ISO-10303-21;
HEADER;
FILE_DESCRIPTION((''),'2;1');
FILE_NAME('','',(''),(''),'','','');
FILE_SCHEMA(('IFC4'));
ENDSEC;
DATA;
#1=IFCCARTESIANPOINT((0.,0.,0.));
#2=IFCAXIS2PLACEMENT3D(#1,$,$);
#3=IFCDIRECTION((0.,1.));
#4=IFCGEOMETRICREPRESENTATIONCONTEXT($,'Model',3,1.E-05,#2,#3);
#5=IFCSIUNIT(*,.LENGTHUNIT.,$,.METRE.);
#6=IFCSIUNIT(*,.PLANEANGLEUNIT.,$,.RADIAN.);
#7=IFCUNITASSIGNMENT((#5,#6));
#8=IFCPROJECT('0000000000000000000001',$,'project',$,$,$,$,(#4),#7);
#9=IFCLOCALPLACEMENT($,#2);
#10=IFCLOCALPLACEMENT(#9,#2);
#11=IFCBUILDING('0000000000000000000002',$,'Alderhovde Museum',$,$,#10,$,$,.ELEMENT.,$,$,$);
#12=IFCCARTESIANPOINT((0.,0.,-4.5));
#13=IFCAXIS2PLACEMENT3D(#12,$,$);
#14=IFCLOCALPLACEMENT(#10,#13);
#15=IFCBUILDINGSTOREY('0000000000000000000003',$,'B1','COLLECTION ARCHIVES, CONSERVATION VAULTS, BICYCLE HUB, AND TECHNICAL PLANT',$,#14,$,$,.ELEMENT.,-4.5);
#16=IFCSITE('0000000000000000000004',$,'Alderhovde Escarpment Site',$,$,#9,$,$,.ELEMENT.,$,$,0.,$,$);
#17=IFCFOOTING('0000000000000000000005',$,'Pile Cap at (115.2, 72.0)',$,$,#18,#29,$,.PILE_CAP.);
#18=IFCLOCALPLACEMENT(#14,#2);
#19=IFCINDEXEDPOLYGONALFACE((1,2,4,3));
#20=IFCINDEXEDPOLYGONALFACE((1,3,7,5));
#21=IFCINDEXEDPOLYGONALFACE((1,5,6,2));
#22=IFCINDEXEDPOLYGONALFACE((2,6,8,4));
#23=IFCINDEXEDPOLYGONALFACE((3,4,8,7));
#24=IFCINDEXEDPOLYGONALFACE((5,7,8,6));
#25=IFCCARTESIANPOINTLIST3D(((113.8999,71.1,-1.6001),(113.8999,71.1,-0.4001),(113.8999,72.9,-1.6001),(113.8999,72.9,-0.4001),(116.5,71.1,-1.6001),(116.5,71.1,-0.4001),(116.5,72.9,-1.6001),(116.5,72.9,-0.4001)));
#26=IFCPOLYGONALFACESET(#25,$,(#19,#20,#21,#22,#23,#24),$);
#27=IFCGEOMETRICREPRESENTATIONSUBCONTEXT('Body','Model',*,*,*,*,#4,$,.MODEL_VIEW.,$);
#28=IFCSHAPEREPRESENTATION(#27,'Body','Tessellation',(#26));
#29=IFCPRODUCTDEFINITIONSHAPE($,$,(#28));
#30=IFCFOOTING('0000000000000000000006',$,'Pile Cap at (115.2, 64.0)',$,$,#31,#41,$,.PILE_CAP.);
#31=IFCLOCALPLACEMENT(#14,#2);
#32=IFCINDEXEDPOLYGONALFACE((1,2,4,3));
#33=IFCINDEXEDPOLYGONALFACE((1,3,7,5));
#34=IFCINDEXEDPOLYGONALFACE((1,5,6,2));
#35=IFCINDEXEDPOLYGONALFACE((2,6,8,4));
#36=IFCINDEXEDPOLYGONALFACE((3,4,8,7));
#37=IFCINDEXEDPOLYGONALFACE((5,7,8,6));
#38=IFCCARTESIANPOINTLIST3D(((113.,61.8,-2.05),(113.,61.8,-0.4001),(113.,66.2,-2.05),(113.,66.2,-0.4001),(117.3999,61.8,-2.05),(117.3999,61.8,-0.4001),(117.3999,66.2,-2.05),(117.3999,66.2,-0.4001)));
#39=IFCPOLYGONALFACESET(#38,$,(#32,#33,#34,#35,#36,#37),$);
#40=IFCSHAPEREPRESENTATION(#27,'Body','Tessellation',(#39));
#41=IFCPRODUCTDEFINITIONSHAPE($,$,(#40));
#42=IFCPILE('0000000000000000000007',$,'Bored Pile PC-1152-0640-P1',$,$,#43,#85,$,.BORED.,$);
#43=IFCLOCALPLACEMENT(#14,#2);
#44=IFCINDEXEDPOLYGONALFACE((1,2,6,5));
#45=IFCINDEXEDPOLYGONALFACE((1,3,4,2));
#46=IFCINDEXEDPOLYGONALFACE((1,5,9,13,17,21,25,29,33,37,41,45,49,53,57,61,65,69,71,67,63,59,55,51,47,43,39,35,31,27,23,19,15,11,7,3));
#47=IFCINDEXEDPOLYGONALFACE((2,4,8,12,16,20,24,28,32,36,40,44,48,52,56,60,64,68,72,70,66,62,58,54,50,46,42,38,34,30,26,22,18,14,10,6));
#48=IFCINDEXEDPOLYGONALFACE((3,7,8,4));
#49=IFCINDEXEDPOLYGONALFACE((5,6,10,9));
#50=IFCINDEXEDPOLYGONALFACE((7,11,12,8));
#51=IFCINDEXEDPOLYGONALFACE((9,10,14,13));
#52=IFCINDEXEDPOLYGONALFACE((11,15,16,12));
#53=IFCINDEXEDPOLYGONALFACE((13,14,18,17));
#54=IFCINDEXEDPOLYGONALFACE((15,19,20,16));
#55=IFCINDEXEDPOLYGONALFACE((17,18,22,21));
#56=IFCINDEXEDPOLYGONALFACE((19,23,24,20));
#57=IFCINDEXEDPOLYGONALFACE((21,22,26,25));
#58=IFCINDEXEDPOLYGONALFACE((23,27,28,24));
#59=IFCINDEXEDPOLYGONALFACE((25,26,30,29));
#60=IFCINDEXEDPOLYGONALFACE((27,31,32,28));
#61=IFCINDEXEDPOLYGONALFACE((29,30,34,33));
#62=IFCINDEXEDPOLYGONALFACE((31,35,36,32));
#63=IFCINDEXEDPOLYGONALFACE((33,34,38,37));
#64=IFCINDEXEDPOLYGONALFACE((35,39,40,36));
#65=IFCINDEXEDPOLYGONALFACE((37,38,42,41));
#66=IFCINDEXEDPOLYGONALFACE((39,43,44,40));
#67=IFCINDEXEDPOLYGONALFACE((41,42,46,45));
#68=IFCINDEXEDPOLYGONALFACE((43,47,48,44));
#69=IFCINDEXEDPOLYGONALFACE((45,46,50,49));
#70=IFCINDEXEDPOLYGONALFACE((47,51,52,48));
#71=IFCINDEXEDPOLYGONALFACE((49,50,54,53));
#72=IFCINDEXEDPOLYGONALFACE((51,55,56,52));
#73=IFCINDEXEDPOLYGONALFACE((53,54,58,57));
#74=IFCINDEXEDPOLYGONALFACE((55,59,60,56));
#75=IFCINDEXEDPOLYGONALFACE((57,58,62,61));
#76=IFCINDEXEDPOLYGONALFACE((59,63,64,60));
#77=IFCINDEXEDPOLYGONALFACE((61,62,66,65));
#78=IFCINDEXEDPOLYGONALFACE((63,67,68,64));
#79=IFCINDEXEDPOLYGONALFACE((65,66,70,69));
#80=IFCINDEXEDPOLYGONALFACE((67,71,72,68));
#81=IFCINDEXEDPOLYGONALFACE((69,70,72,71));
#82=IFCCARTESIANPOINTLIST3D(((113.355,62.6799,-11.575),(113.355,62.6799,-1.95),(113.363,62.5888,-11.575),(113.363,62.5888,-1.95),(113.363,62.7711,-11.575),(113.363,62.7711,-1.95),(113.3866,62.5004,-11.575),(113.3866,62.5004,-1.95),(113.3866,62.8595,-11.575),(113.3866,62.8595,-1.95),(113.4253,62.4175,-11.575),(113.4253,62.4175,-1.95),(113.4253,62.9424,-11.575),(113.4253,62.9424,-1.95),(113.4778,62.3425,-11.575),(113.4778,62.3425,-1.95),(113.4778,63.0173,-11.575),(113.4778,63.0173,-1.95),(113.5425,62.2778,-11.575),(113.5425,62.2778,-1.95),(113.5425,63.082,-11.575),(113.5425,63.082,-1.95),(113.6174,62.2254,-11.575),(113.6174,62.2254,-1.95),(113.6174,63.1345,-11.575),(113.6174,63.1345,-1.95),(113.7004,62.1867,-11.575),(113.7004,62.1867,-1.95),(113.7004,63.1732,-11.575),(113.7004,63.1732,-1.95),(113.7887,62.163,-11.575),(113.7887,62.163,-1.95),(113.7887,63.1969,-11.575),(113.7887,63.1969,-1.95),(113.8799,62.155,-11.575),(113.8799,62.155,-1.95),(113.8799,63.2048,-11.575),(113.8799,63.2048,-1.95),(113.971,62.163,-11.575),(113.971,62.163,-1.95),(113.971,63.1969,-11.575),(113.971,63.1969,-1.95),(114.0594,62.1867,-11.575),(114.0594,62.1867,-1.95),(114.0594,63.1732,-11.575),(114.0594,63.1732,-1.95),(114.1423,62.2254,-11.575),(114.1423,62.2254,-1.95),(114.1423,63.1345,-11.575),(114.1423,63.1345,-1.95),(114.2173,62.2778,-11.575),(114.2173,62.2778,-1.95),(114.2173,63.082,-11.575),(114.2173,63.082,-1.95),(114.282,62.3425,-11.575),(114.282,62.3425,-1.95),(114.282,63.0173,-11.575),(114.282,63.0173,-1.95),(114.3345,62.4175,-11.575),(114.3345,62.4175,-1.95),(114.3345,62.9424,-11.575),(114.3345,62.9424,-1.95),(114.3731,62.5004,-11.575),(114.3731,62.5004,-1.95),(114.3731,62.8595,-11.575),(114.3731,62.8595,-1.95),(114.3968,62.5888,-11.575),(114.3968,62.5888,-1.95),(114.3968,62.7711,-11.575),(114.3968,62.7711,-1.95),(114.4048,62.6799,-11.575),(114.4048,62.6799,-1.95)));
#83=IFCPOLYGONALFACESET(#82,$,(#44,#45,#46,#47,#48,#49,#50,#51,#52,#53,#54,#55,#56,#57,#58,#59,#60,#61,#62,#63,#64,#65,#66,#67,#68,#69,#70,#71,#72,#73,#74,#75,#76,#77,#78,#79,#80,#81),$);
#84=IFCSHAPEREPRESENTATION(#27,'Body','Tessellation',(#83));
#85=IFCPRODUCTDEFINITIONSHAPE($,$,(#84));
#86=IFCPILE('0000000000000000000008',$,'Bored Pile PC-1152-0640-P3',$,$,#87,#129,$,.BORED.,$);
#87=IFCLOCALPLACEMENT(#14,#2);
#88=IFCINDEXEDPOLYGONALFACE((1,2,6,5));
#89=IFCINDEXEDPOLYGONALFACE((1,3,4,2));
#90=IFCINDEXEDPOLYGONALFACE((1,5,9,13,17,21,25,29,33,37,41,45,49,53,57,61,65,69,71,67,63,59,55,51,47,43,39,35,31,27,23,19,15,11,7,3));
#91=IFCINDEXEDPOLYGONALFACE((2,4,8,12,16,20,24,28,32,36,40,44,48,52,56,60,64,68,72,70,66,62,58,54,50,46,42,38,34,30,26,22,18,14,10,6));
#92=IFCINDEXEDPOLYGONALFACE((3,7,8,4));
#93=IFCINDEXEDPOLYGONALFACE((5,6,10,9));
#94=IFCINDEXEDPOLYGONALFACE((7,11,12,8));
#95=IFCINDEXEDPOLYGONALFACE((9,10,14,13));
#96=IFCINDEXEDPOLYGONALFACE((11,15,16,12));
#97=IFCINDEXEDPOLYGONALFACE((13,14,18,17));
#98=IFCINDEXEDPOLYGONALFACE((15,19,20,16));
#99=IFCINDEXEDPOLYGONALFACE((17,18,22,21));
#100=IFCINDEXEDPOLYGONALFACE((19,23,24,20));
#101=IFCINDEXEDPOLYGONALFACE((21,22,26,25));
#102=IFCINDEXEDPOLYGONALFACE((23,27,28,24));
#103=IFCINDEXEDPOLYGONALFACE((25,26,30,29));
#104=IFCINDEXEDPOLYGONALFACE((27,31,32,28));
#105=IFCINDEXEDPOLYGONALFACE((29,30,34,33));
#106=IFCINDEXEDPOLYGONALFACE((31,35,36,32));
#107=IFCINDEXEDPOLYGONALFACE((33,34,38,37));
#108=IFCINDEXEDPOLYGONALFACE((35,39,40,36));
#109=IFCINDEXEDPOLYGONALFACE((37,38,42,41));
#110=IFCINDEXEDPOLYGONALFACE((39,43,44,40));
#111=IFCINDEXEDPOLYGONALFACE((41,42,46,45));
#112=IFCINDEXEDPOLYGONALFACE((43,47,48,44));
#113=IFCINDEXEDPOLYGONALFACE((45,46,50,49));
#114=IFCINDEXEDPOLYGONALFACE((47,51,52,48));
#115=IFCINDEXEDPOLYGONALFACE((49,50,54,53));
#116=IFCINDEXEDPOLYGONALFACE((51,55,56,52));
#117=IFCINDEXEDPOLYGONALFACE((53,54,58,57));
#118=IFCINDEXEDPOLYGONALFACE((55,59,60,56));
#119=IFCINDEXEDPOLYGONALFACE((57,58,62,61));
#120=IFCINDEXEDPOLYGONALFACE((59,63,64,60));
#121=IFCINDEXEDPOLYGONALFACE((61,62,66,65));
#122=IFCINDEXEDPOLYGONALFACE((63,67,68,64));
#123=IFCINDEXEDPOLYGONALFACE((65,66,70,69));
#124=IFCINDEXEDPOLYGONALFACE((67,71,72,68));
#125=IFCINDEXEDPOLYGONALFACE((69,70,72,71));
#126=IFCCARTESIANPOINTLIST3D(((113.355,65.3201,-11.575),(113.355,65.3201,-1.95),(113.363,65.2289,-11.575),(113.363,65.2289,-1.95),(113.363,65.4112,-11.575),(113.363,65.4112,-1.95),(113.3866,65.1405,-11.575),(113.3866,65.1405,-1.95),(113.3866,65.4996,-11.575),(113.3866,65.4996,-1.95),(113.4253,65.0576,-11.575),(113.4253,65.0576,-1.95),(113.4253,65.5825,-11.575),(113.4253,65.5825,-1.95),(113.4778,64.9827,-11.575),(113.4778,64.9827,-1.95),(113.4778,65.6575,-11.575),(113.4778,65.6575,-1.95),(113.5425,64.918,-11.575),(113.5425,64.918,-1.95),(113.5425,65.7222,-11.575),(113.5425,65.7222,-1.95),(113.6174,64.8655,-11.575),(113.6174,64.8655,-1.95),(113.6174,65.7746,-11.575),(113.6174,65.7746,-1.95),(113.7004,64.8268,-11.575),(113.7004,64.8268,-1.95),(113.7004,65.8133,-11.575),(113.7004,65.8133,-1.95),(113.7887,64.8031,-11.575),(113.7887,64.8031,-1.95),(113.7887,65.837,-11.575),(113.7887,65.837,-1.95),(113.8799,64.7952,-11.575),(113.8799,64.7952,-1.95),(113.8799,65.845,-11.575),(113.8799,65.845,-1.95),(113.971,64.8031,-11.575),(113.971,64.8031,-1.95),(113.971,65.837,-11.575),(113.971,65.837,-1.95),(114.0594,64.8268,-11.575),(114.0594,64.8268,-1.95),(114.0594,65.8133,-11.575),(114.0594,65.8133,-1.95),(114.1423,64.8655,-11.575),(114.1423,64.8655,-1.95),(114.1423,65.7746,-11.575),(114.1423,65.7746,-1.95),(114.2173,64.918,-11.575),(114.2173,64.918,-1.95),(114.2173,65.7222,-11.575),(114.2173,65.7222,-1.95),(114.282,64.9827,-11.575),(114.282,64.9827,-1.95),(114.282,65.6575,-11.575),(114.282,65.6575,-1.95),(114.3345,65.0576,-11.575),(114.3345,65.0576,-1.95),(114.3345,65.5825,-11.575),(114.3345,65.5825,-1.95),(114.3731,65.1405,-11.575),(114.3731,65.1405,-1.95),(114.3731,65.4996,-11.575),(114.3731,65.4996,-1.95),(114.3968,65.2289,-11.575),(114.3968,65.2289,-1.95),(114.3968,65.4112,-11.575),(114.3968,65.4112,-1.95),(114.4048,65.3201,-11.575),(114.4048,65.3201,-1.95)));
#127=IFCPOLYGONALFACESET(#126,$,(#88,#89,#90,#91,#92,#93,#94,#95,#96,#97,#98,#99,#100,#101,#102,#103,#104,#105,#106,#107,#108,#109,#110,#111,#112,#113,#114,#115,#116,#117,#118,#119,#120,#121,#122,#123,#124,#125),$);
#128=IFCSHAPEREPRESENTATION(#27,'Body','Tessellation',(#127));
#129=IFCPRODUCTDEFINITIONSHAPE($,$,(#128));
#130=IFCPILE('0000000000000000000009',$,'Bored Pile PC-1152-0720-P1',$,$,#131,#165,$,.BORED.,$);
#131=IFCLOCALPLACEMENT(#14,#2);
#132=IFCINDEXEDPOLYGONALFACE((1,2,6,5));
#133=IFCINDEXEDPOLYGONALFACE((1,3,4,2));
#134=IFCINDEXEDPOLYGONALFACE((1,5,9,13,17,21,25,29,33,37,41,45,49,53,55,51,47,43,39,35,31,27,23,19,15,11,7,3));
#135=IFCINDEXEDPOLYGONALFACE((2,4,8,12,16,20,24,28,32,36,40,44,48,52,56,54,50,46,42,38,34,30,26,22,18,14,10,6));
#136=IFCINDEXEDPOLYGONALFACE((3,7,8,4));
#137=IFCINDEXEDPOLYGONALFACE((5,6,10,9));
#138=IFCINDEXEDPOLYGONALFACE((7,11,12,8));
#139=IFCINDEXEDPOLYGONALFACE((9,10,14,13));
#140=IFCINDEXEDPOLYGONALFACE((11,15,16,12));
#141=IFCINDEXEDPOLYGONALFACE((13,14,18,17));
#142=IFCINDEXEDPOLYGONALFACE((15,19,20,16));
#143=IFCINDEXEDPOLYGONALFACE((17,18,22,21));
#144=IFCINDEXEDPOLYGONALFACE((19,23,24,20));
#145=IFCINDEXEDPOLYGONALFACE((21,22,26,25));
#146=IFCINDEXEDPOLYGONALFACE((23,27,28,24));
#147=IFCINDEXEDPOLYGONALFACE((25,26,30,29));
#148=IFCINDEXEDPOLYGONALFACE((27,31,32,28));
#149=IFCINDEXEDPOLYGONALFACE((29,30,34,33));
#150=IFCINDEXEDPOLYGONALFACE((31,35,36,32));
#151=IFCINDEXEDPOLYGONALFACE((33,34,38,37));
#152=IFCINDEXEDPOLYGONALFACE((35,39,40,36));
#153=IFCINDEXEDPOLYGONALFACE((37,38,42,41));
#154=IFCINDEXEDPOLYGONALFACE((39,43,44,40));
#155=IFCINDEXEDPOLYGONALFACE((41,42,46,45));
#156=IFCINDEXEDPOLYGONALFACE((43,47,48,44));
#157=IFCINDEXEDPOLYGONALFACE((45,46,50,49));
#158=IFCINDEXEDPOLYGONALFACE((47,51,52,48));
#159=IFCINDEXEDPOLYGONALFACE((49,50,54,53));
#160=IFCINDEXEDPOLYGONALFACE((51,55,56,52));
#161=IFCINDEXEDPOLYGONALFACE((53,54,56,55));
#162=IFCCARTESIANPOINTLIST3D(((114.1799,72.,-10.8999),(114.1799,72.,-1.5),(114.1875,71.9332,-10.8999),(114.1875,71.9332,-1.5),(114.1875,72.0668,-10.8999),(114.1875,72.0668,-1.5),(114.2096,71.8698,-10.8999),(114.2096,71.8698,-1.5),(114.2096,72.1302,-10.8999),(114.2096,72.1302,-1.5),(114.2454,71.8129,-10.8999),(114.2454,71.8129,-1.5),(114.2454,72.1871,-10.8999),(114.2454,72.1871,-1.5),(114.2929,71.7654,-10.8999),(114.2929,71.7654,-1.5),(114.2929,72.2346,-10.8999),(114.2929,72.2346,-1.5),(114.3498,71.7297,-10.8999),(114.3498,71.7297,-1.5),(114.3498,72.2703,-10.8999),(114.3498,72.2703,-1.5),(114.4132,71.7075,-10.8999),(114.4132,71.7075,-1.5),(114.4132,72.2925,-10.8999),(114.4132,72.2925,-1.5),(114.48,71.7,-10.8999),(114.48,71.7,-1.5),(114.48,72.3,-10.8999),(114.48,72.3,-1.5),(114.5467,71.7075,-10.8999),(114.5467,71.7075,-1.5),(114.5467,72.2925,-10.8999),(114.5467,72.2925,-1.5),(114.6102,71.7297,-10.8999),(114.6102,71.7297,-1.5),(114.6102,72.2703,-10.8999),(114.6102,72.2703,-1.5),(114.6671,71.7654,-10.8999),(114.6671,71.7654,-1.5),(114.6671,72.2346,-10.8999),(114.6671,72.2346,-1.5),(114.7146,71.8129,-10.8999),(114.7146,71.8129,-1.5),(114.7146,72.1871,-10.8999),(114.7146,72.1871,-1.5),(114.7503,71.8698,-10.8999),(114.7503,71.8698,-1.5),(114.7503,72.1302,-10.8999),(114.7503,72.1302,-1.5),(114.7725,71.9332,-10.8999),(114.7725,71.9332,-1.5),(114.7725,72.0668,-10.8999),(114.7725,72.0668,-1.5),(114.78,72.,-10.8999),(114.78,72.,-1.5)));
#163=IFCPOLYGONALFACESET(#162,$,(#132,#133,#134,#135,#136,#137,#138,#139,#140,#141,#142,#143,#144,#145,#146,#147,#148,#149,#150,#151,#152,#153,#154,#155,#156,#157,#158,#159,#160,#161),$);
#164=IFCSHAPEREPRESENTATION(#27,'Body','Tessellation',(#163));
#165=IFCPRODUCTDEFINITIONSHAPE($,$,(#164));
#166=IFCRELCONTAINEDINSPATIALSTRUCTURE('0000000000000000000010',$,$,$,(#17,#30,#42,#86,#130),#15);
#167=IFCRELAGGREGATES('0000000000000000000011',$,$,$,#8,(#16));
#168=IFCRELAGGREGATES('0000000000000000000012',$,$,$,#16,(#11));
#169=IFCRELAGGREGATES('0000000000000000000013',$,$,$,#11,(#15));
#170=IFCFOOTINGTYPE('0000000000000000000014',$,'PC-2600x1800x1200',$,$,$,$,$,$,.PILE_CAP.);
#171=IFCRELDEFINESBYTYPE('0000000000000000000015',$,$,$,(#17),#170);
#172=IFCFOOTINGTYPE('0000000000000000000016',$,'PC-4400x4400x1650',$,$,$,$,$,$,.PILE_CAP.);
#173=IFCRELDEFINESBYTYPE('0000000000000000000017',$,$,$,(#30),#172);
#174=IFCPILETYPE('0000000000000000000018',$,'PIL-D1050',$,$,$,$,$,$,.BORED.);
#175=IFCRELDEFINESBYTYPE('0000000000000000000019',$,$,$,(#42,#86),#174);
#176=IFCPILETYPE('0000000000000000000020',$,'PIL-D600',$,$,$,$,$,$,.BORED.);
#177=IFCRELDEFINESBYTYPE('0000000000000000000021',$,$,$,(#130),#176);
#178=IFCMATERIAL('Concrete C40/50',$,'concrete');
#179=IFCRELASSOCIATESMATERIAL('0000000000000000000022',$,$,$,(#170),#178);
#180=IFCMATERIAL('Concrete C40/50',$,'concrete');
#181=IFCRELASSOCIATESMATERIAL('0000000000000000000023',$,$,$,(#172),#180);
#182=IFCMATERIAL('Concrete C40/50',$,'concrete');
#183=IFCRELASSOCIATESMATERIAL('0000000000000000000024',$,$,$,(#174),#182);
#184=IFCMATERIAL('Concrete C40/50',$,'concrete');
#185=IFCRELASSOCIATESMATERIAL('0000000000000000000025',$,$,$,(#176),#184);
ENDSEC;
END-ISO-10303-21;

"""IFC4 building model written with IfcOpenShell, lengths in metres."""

from ifc_helpers import new_model, si_unit, direction, frame, origin, origin_2d, place, context, subcontext, project, spatial, rectangle, circle, extrude, material, material_profile, profile_set, type_object, element, save


model = new_model("IFC4")

# Units and contexts
model_context = context("Model", 3, precision=1e-05, world=origin(), true_north=direction((0.0, 1.0)))
body_context = subcontext(model_context, "Body", "Model", "MODEL_VIEW")
ifc_project = project(units=[si_unit("LENGTHUNIT", "METRE"), si_unit("PLANEANGLEUNIT", "RADIAN")], contexts=[model_context])

# Site, building, storey
site_placement = place(None, origin())
site = spatial("IfcSite", under=ifc_project, at=site_placement, Name="Alderhovde Escarpment Site", CompositionType="ELEMENT", RefElevation=0.0)
building_placement = place(site_placement, origin())
building = spatial("IfcBuilding", under=site, at=building_placement, Name="Alderhovde Museum", CompositionType="ELEMENT")
storey_placement = place(building_placement, frame((0.0, 0.0, -4.5)))
storey = spatial("IfcBuildingStorey", under=building, at=storey_placement, Name="B1", Description="COLLECTION ARCHIVES, CONSERVATION VAULTS, BICYCLE HUB, AND TECHNICAL PLANT", CompositionType="ELEMENT", Elevation=-4.5)

# Footings
ifc_material_1 = material(Name="Concrete C40/50", Category="concrete")
footing_type_1 = type_object("IfcFootingType", Name="PC-2600x1800x1200", PredefinedType="PILE_CAP", material=ifc_material_1)
footing_1_placement = place(storey_placement, frame((115.2, 72.0, -1.6001), z_axis=(0.0, 0.0, 1.0), x_axis=(1.0, 0.0, 0.0)))
element("IfcFooting", 1, at=footing_1_placement, inside=storey, type_object=footing_type_1, Name="Pile Cap at (115.2, 72.0)", PredefinedType="PILE_CAP", context=body_context, shape_type="SweptSolid", body=[
    extrude(rectangle(XDim=2.6001, YDim=1.8, at=origin_2d()), origin(), (0.0, 0.0, 1.0), 1.2),
])
ifc_material_2 = material(Name="Concrete C40/50", Category="concrete")
footing_type_2 = type_object("IfcFootingType", Name="PC-4400x4400x1650", PredefinedType="PILE_CAP", material=ifc_material_2)
footing_2_placement = place(storey_placement, frame((115.2, 64.0, -2.05), z_axis=(0.0, 0.0, 1.0), x_axis=(1.0, 0.0, 0.0)))
element("IfcFooting", 2, at=footing_2_placement, inside=storey, type_object=footing_type_2, Name="Pile Cap at (115.2, 64.0)", PredefinedType="PILE_CAP", context=body_context, shape_type="SweptSolid", body=[
    extrude(rectangle(XDim=4.3999, YDim=4.3999, at=origin_2d()), origin(), (0.0, 0.0, 1.0), 1.6499),
])

# Piles
ifc_material_3 = material(Name="Concrete C40/50", Category="concrete")
ifc_material_profile_1 = material_profile(ifc_material_3, circle(Radius=0.5249, at=origin_2d()), Name="PILE-D1050")
ifc_profile_set_1 = profile_set([ifc_material_profile_1], Name="Concrete C40/50")
pile_type_1 = type_object("IfcPileType", Name="PIL-D1050", PredefinedType="BORED", material=ifc_profile_set_1)
for number, where, z_axis, x_axis, name in (
    (3, (113.8799, 62.6799, -1.95), (0.0, 0.0, -1.0), (1.0, 0.0, 0.0), "Bored Pile PC-1152-0640-P1"),
    (4, (113.8799, 65.3201, -1.95), (0.0, 0.0, -1.0), (1.0, 0.0, 0.0), "Bored Pile PC-1152-0640-P3"),
):
    element("IfcPile", number, at=place(storey_placement, frame(where, z_axis=z_axis, x_axis=x_axis)), inside=storey, type_object=pile_type_1, Name=name, PredefinedType="BORED", context=body_context, shape_type="SweptSolid", body=[
        extrude(circle(Radius=0.5249, at=origin_2d()), origin(), (0.0, 0.0, 1.0), 9.625),
    ])
ifc_material_4 = material(Name="Concrete C40/50", Category="concrete")
ifc_material_profile_2 = material_profile(ifc_material_4, circle(Radius=0.3, at=origin_2d()), Name="PILE-D600")
ifc_profile_set_2 = profile_set([ifc_material_profile_2], Name="Concrete C40/50")
pile_type_2 = type_object("IfcPileType", Name="PIL-D600", PredefinedType="BORED", material=ifc_profile_set_2)
pile_1_placement = place(storey_placement, frame((114.48, 72.0, -1.5), z_axis=(0.0, 0.0, -1.0), x_axis=(1.0, 0.0, 0.0)))
element("IfcPile", 5, at=pile_1_placement, inside=storey, type_object=pile_type_2, Name="Bored Pile PC-1152-0720-P1", PredefinedType="BORED", context=body_context, shape_type="SweptSolid", body=[
    extrude(circle(Radius=0.3, at=origin_2d()), origin(), (0.0, 0.0, 1.0), 9.3999),
])

save(model, "model.ifc")
